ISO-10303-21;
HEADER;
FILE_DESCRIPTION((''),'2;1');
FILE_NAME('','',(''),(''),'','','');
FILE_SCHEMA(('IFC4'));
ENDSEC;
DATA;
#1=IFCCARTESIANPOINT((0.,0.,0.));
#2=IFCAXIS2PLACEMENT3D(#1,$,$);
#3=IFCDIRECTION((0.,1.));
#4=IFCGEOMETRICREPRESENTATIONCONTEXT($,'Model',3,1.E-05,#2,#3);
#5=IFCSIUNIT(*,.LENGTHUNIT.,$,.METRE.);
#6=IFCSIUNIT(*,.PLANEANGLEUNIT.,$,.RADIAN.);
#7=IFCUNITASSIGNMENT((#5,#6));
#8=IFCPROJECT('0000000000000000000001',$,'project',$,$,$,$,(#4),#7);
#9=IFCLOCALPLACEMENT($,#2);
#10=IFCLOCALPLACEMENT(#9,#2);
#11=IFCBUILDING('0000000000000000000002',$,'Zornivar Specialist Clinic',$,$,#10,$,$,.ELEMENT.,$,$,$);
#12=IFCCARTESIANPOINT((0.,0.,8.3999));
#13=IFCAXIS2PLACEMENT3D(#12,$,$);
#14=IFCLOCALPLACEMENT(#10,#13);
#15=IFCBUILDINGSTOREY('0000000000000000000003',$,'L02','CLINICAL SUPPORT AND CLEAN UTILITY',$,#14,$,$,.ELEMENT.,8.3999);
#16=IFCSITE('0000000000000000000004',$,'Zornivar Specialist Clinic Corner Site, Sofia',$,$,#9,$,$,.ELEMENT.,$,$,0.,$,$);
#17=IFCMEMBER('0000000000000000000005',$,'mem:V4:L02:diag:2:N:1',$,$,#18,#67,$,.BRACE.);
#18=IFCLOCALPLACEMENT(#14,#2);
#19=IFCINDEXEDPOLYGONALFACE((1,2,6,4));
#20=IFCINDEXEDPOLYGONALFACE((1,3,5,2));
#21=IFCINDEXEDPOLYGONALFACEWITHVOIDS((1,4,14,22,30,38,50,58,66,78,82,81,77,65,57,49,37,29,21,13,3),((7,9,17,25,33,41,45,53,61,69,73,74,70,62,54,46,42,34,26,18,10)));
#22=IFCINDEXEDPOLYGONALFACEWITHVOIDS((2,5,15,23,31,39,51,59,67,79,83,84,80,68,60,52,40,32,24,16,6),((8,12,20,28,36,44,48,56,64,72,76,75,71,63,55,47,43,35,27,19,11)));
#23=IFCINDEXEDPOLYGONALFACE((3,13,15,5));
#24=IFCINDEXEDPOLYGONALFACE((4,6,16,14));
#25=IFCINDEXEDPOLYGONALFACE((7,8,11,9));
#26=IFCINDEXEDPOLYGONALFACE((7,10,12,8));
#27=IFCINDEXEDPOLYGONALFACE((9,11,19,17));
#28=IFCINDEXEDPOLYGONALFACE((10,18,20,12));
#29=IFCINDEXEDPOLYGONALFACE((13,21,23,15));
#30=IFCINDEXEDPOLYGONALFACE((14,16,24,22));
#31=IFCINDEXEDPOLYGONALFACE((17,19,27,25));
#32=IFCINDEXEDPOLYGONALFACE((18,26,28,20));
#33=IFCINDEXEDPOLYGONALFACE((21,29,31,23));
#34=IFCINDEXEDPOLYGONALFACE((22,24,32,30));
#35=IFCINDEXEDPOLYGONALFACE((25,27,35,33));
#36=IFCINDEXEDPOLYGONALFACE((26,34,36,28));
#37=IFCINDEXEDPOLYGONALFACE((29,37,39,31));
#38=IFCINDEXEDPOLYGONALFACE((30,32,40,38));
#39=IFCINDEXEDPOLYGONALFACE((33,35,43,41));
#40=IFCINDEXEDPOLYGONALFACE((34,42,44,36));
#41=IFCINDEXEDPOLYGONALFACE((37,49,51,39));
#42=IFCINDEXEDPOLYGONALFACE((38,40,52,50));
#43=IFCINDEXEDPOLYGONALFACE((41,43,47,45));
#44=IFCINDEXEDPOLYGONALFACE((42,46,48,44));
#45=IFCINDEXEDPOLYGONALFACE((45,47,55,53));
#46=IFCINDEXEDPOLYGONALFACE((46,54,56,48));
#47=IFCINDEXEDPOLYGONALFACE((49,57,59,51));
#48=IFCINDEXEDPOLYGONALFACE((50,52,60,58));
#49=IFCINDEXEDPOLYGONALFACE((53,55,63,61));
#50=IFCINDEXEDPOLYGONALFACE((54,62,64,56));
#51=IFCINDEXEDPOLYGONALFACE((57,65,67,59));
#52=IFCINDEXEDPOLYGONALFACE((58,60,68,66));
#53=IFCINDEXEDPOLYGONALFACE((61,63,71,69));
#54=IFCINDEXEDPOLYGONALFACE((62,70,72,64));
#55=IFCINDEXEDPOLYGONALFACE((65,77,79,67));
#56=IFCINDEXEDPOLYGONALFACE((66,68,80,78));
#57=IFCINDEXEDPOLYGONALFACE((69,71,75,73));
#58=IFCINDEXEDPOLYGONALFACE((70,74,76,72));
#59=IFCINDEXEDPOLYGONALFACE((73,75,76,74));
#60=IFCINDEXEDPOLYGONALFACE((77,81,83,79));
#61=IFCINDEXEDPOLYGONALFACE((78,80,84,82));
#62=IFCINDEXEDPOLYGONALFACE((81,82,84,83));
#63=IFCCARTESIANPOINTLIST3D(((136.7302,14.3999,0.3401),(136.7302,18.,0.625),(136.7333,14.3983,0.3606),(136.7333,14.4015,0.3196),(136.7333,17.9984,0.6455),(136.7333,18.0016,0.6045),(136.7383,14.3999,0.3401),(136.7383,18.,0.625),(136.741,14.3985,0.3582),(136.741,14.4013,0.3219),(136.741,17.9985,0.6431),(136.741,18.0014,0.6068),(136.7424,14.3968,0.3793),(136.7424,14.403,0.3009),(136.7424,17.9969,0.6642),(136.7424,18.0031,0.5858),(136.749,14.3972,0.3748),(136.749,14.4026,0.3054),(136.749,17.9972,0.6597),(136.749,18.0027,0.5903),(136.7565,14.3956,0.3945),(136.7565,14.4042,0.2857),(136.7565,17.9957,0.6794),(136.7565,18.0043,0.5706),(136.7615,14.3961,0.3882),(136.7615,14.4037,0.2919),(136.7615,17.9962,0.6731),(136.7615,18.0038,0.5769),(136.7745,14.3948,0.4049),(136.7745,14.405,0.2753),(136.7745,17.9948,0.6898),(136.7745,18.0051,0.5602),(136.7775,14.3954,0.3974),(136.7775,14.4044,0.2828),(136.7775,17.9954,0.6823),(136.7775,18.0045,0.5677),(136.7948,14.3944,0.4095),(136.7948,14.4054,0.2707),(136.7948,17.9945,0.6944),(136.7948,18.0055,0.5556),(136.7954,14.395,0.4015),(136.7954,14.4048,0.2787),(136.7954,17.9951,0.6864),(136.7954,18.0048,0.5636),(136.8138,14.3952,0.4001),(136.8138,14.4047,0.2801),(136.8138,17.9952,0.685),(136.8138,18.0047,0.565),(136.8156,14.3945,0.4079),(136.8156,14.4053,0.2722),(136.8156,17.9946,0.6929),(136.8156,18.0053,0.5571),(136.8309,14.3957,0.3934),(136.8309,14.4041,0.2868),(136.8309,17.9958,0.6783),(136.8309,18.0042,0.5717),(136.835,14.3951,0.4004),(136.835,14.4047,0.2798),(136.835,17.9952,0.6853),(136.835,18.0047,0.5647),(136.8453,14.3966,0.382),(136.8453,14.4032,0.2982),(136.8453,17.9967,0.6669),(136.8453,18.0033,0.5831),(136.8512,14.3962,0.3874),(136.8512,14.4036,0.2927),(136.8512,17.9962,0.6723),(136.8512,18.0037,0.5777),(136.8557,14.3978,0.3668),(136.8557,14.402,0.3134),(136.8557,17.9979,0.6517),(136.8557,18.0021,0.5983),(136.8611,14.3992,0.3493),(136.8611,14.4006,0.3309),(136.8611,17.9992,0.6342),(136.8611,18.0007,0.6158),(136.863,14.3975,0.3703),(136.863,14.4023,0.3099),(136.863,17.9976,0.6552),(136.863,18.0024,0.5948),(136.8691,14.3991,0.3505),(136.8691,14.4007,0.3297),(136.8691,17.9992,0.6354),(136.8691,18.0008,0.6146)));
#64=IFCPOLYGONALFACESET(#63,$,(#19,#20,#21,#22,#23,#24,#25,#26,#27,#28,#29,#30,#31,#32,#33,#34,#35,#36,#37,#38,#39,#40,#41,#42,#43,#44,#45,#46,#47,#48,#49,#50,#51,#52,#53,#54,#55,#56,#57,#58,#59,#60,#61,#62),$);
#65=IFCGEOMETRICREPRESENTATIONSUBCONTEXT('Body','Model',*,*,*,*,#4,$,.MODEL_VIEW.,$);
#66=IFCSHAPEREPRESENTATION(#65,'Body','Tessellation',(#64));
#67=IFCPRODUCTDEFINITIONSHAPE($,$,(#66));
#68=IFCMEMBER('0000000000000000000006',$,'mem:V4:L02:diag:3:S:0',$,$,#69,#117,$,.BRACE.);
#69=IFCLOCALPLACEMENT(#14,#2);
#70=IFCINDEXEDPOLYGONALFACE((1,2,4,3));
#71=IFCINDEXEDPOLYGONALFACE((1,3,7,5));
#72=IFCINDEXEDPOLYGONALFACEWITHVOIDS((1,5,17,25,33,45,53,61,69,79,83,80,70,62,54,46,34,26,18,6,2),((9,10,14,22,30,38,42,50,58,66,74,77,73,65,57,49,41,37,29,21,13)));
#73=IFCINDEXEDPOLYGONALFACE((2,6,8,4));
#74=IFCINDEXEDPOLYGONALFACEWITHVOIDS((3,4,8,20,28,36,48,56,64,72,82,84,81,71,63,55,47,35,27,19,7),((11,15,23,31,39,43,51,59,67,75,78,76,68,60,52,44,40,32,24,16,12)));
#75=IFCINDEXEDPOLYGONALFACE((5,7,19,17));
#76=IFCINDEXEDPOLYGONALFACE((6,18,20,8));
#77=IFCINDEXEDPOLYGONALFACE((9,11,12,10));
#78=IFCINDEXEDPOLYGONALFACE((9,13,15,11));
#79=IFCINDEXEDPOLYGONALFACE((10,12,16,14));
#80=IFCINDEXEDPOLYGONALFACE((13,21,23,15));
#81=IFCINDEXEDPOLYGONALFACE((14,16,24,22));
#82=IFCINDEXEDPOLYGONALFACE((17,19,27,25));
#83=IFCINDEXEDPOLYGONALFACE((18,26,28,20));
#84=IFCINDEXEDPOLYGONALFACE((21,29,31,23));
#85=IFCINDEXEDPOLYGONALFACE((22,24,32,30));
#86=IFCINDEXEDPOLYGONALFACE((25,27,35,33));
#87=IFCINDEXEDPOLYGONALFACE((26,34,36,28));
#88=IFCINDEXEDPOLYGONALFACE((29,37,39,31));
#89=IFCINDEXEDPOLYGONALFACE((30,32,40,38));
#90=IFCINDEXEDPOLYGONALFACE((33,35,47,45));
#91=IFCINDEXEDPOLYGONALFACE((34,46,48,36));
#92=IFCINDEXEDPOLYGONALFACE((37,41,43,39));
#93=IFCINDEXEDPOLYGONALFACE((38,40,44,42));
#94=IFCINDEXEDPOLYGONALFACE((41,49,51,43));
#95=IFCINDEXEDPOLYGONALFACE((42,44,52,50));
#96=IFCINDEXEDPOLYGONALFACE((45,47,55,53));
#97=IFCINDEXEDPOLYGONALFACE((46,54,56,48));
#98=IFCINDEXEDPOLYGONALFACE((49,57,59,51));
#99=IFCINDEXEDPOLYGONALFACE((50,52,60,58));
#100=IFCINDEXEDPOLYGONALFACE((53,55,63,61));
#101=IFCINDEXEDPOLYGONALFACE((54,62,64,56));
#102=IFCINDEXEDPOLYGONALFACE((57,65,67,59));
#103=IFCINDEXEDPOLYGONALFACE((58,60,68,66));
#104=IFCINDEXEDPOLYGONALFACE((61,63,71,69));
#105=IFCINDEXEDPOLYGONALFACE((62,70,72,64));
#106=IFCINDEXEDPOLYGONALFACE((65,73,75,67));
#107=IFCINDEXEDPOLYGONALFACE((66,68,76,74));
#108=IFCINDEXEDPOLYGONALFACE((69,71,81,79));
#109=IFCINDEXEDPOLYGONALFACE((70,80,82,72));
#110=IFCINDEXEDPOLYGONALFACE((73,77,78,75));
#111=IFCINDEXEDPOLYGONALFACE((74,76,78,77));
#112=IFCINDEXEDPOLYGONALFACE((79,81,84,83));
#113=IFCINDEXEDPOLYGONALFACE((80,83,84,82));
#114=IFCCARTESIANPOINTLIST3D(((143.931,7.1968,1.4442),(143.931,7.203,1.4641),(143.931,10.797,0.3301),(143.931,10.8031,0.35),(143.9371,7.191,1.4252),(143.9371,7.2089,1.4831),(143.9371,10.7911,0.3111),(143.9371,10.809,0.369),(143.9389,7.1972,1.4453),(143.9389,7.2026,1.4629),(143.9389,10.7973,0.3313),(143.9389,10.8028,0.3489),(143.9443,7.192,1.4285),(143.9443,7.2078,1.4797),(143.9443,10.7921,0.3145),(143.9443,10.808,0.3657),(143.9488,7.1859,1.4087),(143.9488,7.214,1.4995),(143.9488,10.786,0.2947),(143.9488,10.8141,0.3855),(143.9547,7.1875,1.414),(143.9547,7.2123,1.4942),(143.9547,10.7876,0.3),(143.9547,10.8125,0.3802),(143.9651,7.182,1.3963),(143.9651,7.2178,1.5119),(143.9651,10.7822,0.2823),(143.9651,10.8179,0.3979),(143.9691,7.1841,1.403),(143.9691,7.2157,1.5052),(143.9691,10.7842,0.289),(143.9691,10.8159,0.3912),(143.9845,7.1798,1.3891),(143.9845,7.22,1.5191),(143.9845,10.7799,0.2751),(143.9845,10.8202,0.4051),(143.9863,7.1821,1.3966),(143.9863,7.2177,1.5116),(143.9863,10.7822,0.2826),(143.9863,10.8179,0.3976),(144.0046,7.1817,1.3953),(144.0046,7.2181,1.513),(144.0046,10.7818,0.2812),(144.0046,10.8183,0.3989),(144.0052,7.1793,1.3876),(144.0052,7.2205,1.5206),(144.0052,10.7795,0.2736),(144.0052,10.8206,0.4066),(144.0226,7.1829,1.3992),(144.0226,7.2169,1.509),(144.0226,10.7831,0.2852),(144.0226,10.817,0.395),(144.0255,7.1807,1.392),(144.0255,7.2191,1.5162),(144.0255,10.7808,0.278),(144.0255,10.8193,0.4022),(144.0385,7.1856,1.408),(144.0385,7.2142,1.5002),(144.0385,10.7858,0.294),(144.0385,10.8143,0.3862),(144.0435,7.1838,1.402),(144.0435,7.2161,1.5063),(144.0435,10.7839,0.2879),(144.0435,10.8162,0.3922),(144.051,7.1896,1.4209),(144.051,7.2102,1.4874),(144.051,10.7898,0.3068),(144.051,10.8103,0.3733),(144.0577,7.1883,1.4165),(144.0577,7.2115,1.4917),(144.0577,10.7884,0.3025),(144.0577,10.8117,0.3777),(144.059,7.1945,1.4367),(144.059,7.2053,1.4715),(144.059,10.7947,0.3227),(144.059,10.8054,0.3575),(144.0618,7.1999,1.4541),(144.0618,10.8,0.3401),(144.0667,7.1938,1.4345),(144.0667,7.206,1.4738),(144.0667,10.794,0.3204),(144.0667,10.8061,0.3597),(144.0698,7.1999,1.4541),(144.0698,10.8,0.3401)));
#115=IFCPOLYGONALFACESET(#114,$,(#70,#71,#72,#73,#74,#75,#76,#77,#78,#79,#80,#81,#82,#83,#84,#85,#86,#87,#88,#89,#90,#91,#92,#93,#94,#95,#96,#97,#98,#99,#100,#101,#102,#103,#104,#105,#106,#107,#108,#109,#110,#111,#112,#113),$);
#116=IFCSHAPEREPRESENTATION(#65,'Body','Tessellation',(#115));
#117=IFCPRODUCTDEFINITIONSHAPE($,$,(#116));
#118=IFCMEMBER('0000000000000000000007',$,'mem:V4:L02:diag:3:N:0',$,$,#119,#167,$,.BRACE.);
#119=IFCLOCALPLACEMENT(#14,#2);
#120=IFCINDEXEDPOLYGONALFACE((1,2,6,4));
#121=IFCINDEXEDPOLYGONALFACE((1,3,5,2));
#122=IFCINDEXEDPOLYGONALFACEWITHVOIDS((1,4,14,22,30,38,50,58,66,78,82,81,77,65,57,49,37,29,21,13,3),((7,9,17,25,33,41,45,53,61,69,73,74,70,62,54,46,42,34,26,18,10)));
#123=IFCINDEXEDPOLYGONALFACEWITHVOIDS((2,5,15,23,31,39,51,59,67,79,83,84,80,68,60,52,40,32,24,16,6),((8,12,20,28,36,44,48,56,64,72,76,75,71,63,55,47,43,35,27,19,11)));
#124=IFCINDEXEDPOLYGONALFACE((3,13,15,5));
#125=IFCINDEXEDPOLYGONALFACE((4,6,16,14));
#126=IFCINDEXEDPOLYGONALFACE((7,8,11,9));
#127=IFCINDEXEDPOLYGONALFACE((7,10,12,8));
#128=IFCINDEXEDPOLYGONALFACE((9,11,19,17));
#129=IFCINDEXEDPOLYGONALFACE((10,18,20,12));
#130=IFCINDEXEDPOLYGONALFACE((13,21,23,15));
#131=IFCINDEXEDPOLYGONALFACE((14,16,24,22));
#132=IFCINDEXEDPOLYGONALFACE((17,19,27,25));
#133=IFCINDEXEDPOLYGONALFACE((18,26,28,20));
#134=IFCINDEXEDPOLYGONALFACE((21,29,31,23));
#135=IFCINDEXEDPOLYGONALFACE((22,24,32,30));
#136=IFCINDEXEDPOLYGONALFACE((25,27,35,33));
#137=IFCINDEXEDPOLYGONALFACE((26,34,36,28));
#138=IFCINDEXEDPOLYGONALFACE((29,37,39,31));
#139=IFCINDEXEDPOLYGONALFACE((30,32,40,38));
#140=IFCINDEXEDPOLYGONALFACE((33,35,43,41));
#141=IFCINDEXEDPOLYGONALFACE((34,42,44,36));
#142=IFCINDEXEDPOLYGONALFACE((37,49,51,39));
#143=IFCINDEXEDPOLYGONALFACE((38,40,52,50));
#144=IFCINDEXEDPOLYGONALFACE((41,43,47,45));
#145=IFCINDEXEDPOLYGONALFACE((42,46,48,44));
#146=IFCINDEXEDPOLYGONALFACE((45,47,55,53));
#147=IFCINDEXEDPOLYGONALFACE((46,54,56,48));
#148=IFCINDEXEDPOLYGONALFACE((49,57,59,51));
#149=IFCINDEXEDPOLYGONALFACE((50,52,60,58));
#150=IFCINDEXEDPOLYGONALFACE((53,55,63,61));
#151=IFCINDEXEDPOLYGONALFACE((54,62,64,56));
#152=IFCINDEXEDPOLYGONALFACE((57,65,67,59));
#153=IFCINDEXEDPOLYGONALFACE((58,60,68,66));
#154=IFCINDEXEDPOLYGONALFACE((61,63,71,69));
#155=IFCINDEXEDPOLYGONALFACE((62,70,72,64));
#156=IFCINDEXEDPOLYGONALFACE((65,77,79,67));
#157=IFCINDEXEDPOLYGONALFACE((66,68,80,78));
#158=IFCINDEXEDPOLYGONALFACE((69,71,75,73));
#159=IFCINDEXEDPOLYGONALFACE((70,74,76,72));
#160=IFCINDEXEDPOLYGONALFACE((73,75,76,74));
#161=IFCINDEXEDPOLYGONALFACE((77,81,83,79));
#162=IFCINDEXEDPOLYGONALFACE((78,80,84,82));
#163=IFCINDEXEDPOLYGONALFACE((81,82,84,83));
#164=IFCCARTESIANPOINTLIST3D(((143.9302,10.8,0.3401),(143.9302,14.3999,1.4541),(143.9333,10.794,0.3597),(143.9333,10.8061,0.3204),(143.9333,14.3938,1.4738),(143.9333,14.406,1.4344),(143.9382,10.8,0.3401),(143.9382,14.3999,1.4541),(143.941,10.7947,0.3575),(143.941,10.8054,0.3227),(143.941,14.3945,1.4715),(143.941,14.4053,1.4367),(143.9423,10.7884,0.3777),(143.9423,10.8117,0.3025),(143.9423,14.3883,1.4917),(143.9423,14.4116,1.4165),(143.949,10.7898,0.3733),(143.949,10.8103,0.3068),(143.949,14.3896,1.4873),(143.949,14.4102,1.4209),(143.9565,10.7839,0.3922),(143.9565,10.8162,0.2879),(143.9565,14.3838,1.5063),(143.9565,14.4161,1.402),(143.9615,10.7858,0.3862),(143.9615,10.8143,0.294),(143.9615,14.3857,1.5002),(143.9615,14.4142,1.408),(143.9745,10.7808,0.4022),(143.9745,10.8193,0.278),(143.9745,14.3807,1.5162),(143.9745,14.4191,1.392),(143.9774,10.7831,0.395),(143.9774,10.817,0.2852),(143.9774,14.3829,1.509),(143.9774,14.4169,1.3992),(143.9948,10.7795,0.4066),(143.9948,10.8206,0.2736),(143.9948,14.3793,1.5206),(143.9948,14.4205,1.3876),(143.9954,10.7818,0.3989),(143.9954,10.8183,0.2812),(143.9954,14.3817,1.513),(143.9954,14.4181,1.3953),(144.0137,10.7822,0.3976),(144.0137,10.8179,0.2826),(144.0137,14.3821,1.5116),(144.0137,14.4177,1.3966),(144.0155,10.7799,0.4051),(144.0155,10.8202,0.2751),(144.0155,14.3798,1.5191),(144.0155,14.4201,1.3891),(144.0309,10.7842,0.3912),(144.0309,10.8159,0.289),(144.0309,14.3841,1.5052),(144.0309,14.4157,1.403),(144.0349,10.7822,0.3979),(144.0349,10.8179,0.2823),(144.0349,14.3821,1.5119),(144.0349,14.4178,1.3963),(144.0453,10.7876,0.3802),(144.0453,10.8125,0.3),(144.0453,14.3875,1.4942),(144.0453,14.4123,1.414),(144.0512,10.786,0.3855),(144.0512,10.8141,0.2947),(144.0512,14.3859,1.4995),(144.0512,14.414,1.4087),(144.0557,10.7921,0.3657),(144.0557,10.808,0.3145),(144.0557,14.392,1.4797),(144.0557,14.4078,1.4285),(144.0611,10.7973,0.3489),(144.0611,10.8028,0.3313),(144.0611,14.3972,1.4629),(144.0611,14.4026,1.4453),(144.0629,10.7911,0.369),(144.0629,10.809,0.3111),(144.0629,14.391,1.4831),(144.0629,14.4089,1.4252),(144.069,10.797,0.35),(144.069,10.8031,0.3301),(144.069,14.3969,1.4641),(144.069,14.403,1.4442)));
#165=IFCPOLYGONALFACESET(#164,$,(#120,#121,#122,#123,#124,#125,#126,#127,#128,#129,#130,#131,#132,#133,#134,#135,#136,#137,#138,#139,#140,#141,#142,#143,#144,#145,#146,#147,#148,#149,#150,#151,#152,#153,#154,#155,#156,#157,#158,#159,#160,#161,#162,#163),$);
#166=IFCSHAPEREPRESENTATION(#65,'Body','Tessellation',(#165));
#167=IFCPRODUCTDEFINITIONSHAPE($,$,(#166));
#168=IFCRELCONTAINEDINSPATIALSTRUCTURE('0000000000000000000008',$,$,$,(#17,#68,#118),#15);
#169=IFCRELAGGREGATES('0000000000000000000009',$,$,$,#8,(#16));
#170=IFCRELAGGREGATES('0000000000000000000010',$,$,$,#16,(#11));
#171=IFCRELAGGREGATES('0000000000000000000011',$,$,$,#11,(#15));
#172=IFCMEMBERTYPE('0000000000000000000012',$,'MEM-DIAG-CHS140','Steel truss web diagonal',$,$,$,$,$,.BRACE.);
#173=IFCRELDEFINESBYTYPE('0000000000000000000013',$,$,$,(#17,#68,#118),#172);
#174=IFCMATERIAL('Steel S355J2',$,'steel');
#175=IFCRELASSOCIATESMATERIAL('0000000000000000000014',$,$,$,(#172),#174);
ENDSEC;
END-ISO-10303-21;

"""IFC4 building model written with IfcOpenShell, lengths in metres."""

from ifc_helpers import new_model, si_unit, direction, frame, origin, origin_2d, place, context, subcontext, project, spatial, hollow_circle, extrude, material, material_profile, profile_set, type_object, element, save


model = new_model("IFC4")

# Units and contexts
model_context = context("Model", 3, precision=1e-05, world=origin(), true_north=direction((0.0, 1.0)))
body_context = subcontext(model_context, "Body", "Model", "MODEL_VIEW")
ifc_project = project(units=[si_unit("LENGTHUNIT", "METRE"), si_unit("PLANEANGLEUNIT", "RADIAN")], contexts=[model_context])

# Site, building, storey
site_placement = place(None, origin())
site = spatial("IfcSite", under=ifc_project, at=site_placement, Name="Zornivar Specialist Clinic Corner Site, Sofia", CompositionType="ELEMENT", RefElevation=0.0)
building_placement = place(site_placement, origin())
building = spatial("IfcBuilding", under=site, at=building_placement, Name="Zornivar Specialist Clinic", CompositionType="ELEMENT")
storey_placement = place(building_placement, frame((0.0, 0.0, 8.3999)))
storey = spatial("IfcBuildingStorey", under=building, at=storey_placement, Name="L02", Description="CLINICAL SUPPORT AND CLEAN UTILITY", CompositionType="ELEMENT", Elevation=8.3999)

# Members
ifc_material_1 = material(Name="Steel S355J2", Category="steel")
ifc_material_profile_1 = material_profile(ifc_material_1, hollow_circle(Radius=0.0698, WallThickness=0.0081, at=origin_2d()), Name="CHS 139.7x8")
ifc_profile_set_1 = profile_set([ifc_material_profile_1], Name="Steel S355J2")
member_type_1 = type_object("IfcMemberType", Name="MEM-DIAG-CHS140", Description="Steel truss web diagonal", PredefinedType="BRACE", material=ifc_profile_set_1)
member_1_placement = place(storey_placement, frame((136.8, 14.3999, 0.3401), z_axis=(0.0, 0.996883, 0.078893), x_axis=(-1.0, 0.0, 0.0)))
element("IfcMember", 1, at=member_1_placement, inside=storey, type_object=member_type_1, Name="mem:V4:L02:diag:2:N:1", PredefinedType="BRACE", context=body_context, shape_type="SweptSolid", body=[
    extrude(hollow_circle(Radius=0.0698, WallThickness=0.0081, at=origin_2d()), origin(), (0.0, 0.0, 1.0), 3.6113),
])
member_2_placement = place(storey_placement, frame((144.0, 10.8, 0.3401), z_axis=(0.0, -0.955309, 0.295611), x_axis=(1.0, 0.0, 0.0)))
element("IfcMember", 2, at=member_2_placement, inside=storey, type_object=member_type_1, Name="mem:V4:L02:diag:3:S:0", PredefinedType="BRACE", context=body_context, shape_type="SweptSolid", body=[
    extrude(hollow_circle(Radius=0.0698, WallThickness=0.0081, at=origin_2d()), origin(), (0.0, 0.0, 1.0), 3.7686),
])
member_3_placement = place(storey_placement, frame((144.0, 10.8, 0.3401), z_axis=(0.0, 0.955303, 0.295629), x_axis=(-1.0, 0.0, 0.0)))
element("IfcMember", 3, at=member_3_placement, inside=storey, type_object=member_type_1, Name="mem:V4:L02:diag:3:N:0", PredefinedType="BRACE", context=body_context, shape_type="SweptSolid", body=[
    extrude(hollow_circle(Radius=0.0698, WallThickness=0.0081, at=origin_2d()), origin(), (0.0, 0.0, 1.0), 3.7683),
])

save(model, "model.ifc")
